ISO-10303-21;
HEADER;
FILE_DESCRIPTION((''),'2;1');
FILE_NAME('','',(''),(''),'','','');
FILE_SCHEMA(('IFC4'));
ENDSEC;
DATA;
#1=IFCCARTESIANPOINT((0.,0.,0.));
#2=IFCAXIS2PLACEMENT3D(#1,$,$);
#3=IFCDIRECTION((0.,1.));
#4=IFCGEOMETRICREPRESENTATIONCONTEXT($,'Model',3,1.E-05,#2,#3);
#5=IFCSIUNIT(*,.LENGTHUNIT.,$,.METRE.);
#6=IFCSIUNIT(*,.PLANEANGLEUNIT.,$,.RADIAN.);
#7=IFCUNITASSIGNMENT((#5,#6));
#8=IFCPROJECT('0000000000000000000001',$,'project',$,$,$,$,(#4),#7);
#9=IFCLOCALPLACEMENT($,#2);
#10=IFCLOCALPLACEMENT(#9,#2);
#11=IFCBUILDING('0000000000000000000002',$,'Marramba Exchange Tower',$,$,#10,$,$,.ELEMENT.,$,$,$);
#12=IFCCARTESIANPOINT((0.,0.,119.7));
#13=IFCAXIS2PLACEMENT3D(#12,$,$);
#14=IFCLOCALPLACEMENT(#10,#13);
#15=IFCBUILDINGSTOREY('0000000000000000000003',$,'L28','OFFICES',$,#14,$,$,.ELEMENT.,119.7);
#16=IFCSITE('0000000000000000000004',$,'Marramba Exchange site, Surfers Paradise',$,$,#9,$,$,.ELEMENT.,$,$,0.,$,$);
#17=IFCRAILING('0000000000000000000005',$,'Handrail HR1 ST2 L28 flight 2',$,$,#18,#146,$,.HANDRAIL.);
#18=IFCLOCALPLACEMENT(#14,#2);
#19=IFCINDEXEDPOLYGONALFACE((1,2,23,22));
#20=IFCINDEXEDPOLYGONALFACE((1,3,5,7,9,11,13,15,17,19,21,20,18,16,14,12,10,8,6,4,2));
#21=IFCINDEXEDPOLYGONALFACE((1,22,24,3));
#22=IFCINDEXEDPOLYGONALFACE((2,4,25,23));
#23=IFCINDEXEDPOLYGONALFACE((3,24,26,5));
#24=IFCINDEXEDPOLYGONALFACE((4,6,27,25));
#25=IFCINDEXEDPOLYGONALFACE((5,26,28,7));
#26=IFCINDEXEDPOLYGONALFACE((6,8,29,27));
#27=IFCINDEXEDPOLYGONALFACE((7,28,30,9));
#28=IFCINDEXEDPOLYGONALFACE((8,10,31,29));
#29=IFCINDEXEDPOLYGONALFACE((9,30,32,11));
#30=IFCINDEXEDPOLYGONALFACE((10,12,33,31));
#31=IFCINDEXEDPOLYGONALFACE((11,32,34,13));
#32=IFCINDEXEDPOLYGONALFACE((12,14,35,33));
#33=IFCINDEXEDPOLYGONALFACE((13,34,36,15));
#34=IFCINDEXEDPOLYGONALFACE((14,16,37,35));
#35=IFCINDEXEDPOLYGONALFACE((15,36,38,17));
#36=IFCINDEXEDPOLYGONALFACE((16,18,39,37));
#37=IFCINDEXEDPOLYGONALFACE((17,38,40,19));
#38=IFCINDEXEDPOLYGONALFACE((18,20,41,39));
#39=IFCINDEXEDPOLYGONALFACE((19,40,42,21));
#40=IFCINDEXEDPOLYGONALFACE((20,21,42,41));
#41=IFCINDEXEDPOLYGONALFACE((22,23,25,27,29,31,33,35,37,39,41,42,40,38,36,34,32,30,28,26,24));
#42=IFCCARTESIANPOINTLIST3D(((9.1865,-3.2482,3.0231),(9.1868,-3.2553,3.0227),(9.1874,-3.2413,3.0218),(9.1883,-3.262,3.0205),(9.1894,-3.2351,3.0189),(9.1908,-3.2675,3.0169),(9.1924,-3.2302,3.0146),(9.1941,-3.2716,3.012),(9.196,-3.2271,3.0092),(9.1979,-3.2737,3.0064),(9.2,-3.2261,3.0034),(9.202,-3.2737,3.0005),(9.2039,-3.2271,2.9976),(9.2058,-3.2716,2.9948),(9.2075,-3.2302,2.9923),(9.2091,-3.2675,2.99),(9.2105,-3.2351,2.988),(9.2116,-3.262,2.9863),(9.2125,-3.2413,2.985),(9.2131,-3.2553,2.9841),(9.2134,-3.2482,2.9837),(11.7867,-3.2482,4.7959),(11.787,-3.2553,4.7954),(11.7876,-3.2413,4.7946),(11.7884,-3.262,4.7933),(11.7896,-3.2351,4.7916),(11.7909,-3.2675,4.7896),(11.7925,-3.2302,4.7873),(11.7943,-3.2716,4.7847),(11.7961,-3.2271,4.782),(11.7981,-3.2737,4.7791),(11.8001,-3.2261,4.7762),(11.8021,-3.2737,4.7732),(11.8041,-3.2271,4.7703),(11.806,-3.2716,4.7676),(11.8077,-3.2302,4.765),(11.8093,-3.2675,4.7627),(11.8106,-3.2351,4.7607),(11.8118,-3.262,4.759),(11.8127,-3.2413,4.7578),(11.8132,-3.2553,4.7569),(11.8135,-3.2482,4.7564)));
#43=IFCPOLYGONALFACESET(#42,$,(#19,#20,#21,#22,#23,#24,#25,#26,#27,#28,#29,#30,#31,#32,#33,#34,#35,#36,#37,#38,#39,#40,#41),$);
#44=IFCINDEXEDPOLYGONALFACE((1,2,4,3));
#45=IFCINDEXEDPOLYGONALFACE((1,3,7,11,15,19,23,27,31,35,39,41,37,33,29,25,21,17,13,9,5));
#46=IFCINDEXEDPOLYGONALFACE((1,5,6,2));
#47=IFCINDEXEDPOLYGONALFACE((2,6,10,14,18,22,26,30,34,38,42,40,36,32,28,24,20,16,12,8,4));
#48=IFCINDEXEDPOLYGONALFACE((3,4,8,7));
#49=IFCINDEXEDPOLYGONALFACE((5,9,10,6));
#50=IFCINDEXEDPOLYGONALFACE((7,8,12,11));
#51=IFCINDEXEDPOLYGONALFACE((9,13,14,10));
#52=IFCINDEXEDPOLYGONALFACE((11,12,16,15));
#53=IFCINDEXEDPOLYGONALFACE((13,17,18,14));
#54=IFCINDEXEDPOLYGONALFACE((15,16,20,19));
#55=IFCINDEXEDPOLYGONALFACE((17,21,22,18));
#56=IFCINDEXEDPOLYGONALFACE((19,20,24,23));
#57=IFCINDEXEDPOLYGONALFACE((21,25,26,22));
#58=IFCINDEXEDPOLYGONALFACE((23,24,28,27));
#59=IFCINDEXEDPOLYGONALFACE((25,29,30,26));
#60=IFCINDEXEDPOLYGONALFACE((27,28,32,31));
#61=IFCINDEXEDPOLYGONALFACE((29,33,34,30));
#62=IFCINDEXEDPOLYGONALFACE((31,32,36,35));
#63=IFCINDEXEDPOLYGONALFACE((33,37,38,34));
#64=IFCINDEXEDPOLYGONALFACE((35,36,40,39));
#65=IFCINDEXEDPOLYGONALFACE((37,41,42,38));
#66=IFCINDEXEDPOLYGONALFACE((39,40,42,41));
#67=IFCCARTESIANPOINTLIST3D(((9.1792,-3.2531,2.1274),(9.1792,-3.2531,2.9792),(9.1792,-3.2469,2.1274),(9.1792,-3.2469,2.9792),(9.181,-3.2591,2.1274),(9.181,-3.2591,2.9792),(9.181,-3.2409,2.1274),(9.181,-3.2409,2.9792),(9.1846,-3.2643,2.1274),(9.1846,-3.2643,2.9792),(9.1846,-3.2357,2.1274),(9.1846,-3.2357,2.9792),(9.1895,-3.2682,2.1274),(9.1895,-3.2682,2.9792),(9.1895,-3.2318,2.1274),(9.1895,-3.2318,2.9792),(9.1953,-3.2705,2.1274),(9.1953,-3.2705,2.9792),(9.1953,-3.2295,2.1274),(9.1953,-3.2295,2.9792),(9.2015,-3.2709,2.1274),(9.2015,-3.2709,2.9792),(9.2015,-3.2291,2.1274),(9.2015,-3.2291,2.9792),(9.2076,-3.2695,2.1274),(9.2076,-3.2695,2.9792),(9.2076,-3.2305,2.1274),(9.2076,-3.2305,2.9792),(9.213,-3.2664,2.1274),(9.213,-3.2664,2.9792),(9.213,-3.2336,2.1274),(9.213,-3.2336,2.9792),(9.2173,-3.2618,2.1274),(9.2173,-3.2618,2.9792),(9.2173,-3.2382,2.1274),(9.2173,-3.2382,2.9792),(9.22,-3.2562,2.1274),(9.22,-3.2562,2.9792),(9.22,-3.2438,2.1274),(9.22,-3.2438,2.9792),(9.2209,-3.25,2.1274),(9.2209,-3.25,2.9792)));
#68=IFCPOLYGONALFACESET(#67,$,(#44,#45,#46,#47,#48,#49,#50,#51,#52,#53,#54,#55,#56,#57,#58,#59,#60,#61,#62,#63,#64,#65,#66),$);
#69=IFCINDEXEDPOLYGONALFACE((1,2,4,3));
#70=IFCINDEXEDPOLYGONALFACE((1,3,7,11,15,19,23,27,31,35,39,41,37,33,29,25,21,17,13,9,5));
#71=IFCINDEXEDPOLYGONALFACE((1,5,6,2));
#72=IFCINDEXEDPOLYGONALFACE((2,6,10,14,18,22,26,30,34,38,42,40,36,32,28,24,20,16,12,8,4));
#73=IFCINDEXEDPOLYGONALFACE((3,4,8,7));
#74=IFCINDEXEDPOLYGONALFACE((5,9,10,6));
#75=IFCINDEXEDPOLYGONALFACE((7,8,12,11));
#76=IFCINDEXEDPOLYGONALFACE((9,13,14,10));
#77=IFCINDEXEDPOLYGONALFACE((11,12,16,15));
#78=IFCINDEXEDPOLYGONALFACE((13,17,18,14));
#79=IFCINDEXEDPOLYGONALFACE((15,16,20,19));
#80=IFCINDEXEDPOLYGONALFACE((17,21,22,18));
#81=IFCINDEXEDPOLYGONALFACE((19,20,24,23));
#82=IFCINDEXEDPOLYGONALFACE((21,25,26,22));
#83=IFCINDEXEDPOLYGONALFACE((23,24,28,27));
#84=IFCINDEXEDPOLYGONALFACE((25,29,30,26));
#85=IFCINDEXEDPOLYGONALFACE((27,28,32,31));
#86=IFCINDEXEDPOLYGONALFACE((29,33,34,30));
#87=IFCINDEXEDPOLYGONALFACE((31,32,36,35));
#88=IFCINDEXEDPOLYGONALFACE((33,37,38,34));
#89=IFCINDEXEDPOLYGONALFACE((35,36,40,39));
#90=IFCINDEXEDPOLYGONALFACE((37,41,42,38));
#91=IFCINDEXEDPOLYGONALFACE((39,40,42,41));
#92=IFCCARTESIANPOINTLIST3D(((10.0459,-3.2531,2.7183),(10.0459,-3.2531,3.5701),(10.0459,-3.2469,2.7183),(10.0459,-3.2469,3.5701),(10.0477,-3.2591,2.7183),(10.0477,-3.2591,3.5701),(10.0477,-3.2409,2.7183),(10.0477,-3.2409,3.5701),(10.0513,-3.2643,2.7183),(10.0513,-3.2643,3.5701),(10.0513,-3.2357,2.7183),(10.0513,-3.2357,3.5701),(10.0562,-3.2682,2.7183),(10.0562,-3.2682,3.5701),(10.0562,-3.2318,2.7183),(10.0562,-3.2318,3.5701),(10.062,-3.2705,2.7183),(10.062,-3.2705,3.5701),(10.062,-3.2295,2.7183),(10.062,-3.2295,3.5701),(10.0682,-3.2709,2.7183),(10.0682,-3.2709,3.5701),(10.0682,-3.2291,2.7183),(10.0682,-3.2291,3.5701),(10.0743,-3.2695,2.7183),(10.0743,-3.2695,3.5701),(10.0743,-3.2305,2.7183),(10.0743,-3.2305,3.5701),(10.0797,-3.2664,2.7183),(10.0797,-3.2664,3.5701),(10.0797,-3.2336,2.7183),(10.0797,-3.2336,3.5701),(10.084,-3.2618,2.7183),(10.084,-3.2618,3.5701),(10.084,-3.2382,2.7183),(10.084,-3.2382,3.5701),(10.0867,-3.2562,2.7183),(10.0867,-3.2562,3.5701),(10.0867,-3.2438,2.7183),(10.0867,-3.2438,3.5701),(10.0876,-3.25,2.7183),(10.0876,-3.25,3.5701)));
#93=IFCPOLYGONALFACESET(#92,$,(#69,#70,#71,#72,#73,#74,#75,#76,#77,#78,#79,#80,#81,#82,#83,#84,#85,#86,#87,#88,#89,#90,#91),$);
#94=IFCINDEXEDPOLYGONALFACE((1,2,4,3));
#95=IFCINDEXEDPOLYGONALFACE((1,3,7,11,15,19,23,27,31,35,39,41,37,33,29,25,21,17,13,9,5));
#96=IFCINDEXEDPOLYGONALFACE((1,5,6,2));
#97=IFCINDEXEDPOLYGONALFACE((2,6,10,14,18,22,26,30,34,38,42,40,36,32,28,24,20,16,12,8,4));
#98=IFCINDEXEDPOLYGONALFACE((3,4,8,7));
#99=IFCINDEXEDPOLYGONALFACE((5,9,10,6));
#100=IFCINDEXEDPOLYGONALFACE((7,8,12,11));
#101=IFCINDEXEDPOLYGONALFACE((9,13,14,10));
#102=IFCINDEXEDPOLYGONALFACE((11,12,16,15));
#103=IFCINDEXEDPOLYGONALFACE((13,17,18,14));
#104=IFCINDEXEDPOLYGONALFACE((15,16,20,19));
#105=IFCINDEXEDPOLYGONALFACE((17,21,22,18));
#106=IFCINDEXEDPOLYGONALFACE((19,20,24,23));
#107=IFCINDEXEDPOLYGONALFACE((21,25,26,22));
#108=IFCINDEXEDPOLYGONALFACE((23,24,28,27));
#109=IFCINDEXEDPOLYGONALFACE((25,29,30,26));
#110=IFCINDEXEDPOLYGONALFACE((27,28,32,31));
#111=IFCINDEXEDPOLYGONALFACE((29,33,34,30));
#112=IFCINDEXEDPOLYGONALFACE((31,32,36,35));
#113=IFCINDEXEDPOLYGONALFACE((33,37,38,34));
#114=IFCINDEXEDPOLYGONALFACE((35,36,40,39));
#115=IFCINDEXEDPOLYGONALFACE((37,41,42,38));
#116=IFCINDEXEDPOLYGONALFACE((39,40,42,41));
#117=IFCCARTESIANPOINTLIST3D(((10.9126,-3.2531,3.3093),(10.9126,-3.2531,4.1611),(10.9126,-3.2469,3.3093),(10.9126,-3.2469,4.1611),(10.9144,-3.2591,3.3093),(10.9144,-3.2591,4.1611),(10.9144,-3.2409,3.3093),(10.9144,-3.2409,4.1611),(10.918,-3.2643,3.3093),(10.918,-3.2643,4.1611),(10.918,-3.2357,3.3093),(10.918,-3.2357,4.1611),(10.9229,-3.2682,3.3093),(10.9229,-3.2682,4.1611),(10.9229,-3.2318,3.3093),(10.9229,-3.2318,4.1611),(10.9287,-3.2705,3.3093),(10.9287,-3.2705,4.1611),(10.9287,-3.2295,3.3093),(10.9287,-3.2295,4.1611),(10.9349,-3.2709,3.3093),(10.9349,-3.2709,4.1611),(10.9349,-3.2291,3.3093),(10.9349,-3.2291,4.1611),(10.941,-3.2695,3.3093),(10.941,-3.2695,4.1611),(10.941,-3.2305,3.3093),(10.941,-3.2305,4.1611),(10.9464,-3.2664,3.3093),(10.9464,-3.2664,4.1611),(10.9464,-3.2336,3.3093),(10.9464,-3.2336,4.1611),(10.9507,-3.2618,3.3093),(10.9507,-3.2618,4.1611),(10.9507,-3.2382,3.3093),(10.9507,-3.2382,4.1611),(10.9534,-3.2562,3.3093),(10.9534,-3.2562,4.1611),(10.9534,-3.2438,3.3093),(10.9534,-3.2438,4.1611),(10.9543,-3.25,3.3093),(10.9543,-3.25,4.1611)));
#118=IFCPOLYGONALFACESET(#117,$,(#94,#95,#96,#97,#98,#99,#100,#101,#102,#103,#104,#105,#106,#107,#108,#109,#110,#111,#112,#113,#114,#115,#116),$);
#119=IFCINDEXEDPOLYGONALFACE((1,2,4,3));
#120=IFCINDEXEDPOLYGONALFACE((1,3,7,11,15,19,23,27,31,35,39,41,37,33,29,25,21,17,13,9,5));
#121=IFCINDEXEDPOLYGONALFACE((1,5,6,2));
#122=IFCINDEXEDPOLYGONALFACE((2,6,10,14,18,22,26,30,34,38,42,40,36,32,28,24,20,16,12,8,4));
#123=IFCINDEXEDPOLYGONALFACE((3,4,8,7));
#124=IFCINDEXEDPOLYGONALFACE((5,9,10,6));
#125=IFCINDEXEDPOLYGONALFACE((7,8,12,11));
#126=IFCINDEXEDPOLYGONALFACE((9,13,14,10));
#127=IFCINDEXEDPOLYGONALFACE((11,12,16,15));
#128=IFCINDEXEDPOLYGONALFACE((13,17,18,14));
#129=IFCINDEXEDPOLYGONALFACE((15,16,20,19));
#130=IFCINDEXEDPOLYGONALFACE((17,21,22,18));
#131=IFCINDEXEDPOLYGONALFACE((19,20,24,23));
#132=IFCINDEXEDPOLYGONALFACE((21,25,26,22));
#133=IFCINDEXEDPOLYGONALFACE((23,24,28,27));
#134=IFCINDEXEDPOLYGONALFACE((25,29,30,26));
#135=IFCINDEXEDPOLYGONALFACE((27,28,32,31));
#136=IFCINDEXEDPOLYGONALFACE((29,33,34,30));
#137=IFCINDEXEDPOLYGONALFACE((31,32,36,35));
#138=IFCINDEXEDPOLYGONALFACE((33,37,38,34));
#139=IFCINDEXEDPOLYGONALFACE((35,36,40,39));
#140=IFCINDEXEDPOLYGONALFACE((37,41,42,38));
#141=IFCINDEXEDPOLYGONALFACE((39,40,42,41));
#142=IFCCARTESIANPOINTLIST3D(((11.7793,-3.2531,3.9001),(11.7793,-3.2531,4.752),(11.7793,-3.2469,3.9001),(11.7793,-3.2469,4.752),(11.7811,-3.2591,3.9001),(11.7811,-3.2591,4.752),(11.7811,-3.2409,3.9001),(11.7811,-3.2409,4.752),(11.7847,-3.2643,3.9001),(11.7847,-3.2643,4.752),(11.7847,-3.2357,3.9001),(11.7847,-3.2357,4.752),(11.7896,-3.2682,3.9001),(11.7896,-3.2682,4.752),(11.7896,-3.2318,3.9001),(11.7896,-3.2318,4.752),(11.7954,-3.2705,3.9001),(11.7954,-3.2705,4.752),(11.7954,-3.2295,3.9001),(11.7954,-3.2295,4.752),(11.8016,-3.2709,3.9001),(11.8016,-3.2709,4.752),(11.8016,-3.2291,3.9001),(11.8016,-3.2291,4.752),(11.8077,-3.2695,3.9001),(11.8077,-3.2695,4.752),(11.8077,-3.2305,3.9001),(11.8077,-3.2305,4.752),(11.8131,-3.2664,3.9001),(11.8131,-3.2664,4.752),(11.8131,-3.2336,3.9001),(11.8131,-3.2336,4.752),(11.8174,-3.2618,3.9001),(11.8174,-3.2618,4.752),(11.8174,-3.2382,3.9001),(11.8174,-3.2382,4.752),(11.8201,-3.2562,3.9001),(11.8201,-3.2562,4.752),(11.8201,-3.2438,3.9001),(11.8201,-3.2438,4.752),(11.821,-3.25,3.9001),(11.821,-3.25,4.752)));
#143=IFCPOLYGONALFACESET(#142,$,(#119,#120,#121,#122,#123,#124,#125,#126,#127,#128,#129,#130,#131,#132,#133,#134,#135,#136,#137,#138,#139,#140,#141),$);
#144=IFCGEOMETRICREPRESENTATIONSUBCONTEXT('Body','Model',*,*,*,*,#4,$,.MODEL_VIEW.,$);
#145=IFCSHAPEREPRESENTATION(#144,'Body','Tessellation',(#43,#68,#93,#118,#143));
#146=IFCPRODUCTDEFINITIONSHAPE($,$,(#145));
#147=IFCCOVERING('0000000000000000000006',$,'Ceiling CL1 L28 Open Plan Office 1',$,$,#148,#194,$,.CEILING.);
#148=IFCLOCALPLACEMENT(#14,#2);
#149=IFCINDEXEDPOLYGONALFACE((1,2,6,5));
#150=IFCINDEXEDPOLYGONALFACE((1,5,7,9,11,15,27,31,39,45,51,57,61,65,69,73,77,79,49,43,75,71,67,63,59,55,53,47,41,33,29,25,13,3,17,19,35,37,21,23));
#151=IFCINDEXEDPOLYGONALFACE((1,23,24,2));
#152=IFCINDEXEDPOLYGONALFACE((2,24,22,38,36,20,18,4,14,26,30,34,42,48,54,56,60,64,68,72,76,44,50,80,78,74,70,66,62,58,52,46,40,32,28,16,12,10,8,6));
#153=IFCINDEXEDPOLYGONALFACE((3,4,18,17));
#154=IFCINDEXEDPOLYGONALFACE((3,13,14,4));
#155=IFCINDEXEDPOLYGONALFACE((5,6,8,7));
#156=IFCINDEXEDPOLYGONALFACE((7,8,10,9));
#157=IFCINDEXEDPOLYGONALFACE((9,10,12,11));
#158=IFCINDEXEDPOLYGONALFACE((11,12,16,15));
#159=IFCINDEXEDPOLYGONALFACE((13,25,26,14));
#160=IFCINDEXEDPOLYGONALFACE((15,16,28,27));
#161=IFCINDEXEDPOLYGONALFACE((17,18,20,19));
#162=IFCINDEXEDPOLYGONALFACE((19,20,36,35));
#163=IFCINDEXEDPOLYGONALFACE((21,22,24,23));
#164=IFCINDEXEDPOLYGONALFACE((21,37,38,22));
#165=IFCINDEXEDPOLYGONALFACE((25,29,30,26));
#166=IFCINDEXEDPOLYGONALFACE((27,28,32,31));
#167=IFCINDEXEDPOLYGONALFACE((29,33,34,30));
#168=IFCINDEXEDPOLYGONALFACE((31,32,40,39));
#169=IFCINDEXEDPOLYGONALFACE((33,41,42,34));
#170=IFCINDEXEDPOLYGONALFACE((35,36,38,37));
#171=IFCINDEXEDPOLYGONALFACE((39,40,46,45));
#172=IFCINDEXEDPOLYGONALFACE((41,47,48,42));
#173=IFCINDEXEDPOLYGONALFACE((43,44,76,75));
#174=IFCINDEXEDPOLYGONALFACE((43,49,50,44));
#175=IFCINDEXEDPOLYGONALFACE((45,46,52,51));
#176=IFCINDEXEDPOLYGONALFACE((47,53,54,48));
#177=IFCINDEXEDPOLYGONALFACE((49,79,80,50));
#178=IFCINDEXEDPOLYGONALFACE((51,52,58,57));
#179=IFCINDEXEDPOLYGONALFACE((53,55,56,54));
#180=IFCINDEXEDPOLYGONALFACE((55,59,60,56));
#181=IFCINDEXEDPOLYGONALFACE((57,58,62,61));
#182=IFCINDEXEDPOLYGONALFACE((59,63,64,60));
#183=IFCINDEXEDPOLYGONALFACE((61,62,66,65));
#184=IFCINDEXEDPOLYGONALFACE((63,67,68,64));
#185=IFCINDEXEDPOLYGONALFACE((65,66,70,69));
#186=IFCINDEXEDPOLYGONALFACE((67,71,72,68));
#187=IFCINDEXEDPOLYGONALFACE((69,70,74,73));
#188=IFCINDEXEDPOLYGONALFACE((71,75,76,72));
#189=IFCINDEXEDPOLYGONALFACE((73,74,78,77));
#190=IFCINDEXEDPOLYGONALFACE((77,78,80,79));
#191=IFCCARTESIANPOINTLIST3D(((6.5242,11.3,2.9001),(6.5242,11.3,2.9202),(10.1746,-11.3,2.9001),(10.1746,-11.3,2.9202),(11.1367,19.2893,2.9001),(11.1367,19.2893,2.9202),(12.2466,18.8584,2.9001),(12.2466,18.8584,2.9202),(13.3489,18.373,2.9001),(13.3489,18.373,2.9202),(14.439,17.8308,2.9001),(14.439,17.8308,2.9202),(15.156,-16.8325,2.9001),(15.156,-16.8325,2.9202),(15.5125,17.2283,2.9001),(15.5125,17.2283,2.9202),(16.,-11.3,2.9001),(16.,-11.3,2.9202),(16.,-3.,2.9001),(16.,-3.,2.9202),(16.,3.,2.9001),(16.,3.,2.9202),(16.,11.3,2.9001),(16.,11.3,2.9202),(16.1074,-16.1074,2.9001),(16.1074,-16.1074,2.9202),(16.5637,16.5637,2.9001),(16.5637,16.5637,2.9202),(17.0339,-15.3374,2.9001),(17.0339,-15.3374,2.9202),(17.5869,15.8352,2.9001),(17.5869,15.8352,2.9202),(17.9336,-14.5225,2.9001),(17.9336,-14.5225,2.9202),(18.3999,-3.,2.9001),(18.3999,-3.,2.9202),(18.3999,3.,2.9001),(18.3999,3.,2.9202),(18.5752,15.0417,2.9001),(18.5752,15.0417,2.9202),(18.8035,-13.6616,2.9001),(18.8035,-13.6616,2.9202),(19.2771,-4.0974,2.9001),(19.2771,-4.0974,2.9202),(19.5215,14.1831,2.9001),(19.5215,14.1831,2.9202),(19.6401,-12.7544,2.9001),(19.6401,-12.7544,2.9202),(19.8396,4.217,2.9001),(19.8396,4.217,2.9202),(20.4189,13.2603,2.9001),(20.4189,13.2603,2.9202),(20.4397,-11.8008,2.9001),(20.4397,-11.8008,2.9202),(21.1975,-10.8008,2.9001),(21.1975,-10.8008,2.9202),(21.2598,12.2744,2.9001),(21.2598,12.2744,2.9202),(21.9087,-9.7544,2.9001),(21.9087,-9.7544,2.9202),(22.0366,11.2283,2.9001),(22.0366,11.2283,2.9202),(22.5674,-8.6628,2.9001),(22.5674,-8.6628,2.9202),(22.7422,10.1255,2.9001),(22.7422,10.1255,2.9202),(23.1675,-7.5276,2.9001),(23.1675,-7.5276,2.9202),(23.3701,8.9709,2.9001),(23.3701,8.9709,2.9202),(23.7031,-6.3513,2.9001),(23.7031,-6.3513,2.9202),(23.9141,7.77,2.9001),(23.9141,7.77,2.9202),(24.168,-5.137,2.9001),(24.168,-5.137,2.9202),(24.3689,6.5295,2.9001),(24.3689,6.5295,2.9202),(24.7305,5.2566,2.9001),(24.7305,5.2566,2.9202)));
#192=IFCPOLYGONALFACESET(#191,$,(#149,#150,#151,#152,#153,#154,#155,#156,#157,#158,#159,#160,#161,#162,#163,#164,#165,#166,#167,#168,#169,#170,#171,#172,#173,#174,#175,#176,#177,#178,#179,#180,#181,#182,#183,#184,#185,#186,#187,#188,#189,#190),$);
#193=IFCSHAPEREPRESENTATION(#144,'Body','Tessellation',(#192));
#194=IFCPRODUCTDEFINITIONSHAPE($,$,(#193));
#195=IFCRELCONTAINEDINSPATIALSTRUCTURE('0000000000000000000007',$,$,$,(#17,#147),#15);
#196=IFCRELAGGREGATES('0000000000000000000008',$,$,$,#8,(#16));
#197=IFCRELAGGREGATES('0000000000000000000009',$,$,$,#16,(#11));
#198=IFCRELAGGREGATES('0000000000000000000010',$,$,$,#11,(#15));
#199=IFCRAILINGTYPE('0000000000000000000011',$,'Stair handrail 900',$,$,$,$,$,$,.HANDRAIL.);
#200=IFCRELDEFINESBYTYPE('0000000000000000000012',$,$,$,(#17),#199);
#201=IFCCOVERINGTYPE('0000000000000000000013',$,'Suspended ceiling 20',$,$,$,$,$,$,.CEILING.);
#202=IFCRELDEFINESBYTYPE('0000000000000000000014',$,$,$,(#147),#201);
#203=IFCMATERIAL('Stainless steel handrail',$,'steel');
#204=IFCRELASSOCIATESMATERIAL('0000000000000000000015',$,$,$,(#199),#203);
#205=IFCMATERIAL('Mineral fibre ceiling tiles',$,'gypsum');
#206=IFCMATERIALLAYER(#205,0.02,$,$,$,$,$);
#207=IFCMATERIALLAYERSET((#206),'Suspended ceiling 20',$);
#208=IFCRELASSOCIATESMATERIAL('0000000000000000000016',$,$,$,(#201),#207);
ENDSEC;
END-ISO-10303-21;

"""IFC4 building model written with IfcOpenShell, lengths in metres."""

from ifc_helpers import new_model, si_unit, direction, frame, origin, origin_2d, place, context, subcontext, project, spatial, polyline, circle, outline, extrude, material, layer, layer_set, type_object, element, save


model = new_model("IFC4")

# Units and contexts
model_context = context("Model", 3, precision=1e-05, world=origin(), true_north=direction((0.0, 1.0)))
body_context = subcontext(model_context, "Body", "Model", "MODEL_VIEW")
ifc_project = project(units=[si_unit("LENGTHUNIT", "METRE"), si_unit("PLANEANGLEUNIT", "RADIAN")], contexts=[model_context])

# Site, building, storey
site_placement = place(None, origin())
site = spatial("IfcSite", under=ifc_project, at=site_placement, Name="Marramba Exchange site, Surfers Paradise", CompositionType="ELEMENT", RefElevation=0.0)
building_placement = place(site_placement, origin())
building = spatial("IfcBuilding", under=site, at=building_placement, Name="Marramba Exchange Tower", CompositionType="ELEMENT")
storey_placement = place(building_placement, frame((0.0, 0.0, 119.7)))
storey = spatial("IfcBuildingStorey", under=building, at=storey_placement, Name="L28", Description="OFFICES", CompositionType="ELEMENT", Elevation=119.7)

# Railing
ifc_material_1 = material(Name="Stainless steel handrail", Category="steel")
railing_type = type_object("IfcRailingType", Name="Stair handrail 900", PredefinedType="HANDRAIL", material=ifc_material_1)
railing_placement = place(storey_placement, frame((9.2, -3.25, 2.1274)))
element("IfcRailing", 1, at=railing_placement, inside=storey, type_object=railing_type, Name="Handrail HR1 ST2 L28 flight 2", PredefinedType="HANDRAIL", context=body_context, shape_type="SweptSolid", body=[
    extrude(circle(Radius=0.0239, at=origin_2d()), frame((0.0, 0.0, 0.876), z_axis=(0.82624, 0.0, 0.563318), x_axis=(0.0, 1.0, 0.0)), (0.0, 0.0, 1.0), 3.147),
    extrude(circle(Radius=0.021, at=origin_2d()), origin(), (0.0, 0.0, 1.0), 0.8518),
    extrude(circle(Radius=0.021, at=origin_2d()), frame((0.8667, 0.0, 0.5908)), (0.0, 0.0, 1.0), 0.8518),
    extrude(circle(Radius=0.021, at=origin_2d()), frame((1.7334, 0.0, 1.1819)), (0.0, 0.0, 1.0), 0.8518),
    extrude(circle(Radius=0.021, at=origin_2d()), frame((2.6001, 0.0, 1.7727)), (0.0, 0.0, 1.0), 0.8518),
])

# Covering
ifc_material_2 = material(Name="Mineral fibre ceiling tiles", Category="gypsum")
ifc_layer_1 = layer(ifc_material_2, 0.02)
ifc_layer_set_1 = layer_set([ifc_layer_1], Name="Suspended ceiling 20")
covering_type = type_object("IfcCoveringType", Name="Suspended ceiling 20", PredefinedType="CEILING", material=ifc_layer_set_1)
covering_1_placement = place(storey_placement, frame((0.0, 0.0, 2.9001)))
element("IfcCovering", 2, at=covering_1_placement, inside=storey, type_object=covering_type, Name="Ceiling CL1 L28 Open Plan Office 1", PredefinedType="CEILING", context=body_context, shape_type="SweptSolid", body=[
    extrude(outline(polyline([(16.0, -3.0), (18.3999, -3.0), (18.3999, 3.0), (16.0, 3.0), (16.0, 11.3), (6.5242, 11.3), (11.1367, 19.2893), (12.2466, 18.8584), (13.3489, 18.373), (14.439, 17.8308), (15.5125, 17.2283), (16.5637, 16.5637), (17.5869, 15.8352), (18.5752, 15.0417), (19.5215, 14.1831), (20.4189, 13.2603), (21.2598, 12.2744), (22.0366, 11.2283), (22.7422, 10.1255), (23.3701, 8.9709), (23.9141, 7.77), (24.3689, 6.5295), (24.7305, 5.2566), (19.8396, 4.217), (19.2771, -4.0974), (24.168, -5.137), (23.7031, -6.3513), (23.1675, -7.5276), (22.5674, -8.6628), (21.9087, -9.7544), (21.1975, -10.8008), (20.4397, -11.8008), (19.6401, -12.7544), (18.8035, -13.6616), (17.9336, -14.5225), (17.0339, -15.3374), (16.1074, -16.1074), (15.156, -16.8325), (10.1746, -11.3), (16.0, -11.3), (16.0, -3.0)])), origin(), (0.0, 0.0, 1.0), 0.02),
])

save(model, "model.ifc")
